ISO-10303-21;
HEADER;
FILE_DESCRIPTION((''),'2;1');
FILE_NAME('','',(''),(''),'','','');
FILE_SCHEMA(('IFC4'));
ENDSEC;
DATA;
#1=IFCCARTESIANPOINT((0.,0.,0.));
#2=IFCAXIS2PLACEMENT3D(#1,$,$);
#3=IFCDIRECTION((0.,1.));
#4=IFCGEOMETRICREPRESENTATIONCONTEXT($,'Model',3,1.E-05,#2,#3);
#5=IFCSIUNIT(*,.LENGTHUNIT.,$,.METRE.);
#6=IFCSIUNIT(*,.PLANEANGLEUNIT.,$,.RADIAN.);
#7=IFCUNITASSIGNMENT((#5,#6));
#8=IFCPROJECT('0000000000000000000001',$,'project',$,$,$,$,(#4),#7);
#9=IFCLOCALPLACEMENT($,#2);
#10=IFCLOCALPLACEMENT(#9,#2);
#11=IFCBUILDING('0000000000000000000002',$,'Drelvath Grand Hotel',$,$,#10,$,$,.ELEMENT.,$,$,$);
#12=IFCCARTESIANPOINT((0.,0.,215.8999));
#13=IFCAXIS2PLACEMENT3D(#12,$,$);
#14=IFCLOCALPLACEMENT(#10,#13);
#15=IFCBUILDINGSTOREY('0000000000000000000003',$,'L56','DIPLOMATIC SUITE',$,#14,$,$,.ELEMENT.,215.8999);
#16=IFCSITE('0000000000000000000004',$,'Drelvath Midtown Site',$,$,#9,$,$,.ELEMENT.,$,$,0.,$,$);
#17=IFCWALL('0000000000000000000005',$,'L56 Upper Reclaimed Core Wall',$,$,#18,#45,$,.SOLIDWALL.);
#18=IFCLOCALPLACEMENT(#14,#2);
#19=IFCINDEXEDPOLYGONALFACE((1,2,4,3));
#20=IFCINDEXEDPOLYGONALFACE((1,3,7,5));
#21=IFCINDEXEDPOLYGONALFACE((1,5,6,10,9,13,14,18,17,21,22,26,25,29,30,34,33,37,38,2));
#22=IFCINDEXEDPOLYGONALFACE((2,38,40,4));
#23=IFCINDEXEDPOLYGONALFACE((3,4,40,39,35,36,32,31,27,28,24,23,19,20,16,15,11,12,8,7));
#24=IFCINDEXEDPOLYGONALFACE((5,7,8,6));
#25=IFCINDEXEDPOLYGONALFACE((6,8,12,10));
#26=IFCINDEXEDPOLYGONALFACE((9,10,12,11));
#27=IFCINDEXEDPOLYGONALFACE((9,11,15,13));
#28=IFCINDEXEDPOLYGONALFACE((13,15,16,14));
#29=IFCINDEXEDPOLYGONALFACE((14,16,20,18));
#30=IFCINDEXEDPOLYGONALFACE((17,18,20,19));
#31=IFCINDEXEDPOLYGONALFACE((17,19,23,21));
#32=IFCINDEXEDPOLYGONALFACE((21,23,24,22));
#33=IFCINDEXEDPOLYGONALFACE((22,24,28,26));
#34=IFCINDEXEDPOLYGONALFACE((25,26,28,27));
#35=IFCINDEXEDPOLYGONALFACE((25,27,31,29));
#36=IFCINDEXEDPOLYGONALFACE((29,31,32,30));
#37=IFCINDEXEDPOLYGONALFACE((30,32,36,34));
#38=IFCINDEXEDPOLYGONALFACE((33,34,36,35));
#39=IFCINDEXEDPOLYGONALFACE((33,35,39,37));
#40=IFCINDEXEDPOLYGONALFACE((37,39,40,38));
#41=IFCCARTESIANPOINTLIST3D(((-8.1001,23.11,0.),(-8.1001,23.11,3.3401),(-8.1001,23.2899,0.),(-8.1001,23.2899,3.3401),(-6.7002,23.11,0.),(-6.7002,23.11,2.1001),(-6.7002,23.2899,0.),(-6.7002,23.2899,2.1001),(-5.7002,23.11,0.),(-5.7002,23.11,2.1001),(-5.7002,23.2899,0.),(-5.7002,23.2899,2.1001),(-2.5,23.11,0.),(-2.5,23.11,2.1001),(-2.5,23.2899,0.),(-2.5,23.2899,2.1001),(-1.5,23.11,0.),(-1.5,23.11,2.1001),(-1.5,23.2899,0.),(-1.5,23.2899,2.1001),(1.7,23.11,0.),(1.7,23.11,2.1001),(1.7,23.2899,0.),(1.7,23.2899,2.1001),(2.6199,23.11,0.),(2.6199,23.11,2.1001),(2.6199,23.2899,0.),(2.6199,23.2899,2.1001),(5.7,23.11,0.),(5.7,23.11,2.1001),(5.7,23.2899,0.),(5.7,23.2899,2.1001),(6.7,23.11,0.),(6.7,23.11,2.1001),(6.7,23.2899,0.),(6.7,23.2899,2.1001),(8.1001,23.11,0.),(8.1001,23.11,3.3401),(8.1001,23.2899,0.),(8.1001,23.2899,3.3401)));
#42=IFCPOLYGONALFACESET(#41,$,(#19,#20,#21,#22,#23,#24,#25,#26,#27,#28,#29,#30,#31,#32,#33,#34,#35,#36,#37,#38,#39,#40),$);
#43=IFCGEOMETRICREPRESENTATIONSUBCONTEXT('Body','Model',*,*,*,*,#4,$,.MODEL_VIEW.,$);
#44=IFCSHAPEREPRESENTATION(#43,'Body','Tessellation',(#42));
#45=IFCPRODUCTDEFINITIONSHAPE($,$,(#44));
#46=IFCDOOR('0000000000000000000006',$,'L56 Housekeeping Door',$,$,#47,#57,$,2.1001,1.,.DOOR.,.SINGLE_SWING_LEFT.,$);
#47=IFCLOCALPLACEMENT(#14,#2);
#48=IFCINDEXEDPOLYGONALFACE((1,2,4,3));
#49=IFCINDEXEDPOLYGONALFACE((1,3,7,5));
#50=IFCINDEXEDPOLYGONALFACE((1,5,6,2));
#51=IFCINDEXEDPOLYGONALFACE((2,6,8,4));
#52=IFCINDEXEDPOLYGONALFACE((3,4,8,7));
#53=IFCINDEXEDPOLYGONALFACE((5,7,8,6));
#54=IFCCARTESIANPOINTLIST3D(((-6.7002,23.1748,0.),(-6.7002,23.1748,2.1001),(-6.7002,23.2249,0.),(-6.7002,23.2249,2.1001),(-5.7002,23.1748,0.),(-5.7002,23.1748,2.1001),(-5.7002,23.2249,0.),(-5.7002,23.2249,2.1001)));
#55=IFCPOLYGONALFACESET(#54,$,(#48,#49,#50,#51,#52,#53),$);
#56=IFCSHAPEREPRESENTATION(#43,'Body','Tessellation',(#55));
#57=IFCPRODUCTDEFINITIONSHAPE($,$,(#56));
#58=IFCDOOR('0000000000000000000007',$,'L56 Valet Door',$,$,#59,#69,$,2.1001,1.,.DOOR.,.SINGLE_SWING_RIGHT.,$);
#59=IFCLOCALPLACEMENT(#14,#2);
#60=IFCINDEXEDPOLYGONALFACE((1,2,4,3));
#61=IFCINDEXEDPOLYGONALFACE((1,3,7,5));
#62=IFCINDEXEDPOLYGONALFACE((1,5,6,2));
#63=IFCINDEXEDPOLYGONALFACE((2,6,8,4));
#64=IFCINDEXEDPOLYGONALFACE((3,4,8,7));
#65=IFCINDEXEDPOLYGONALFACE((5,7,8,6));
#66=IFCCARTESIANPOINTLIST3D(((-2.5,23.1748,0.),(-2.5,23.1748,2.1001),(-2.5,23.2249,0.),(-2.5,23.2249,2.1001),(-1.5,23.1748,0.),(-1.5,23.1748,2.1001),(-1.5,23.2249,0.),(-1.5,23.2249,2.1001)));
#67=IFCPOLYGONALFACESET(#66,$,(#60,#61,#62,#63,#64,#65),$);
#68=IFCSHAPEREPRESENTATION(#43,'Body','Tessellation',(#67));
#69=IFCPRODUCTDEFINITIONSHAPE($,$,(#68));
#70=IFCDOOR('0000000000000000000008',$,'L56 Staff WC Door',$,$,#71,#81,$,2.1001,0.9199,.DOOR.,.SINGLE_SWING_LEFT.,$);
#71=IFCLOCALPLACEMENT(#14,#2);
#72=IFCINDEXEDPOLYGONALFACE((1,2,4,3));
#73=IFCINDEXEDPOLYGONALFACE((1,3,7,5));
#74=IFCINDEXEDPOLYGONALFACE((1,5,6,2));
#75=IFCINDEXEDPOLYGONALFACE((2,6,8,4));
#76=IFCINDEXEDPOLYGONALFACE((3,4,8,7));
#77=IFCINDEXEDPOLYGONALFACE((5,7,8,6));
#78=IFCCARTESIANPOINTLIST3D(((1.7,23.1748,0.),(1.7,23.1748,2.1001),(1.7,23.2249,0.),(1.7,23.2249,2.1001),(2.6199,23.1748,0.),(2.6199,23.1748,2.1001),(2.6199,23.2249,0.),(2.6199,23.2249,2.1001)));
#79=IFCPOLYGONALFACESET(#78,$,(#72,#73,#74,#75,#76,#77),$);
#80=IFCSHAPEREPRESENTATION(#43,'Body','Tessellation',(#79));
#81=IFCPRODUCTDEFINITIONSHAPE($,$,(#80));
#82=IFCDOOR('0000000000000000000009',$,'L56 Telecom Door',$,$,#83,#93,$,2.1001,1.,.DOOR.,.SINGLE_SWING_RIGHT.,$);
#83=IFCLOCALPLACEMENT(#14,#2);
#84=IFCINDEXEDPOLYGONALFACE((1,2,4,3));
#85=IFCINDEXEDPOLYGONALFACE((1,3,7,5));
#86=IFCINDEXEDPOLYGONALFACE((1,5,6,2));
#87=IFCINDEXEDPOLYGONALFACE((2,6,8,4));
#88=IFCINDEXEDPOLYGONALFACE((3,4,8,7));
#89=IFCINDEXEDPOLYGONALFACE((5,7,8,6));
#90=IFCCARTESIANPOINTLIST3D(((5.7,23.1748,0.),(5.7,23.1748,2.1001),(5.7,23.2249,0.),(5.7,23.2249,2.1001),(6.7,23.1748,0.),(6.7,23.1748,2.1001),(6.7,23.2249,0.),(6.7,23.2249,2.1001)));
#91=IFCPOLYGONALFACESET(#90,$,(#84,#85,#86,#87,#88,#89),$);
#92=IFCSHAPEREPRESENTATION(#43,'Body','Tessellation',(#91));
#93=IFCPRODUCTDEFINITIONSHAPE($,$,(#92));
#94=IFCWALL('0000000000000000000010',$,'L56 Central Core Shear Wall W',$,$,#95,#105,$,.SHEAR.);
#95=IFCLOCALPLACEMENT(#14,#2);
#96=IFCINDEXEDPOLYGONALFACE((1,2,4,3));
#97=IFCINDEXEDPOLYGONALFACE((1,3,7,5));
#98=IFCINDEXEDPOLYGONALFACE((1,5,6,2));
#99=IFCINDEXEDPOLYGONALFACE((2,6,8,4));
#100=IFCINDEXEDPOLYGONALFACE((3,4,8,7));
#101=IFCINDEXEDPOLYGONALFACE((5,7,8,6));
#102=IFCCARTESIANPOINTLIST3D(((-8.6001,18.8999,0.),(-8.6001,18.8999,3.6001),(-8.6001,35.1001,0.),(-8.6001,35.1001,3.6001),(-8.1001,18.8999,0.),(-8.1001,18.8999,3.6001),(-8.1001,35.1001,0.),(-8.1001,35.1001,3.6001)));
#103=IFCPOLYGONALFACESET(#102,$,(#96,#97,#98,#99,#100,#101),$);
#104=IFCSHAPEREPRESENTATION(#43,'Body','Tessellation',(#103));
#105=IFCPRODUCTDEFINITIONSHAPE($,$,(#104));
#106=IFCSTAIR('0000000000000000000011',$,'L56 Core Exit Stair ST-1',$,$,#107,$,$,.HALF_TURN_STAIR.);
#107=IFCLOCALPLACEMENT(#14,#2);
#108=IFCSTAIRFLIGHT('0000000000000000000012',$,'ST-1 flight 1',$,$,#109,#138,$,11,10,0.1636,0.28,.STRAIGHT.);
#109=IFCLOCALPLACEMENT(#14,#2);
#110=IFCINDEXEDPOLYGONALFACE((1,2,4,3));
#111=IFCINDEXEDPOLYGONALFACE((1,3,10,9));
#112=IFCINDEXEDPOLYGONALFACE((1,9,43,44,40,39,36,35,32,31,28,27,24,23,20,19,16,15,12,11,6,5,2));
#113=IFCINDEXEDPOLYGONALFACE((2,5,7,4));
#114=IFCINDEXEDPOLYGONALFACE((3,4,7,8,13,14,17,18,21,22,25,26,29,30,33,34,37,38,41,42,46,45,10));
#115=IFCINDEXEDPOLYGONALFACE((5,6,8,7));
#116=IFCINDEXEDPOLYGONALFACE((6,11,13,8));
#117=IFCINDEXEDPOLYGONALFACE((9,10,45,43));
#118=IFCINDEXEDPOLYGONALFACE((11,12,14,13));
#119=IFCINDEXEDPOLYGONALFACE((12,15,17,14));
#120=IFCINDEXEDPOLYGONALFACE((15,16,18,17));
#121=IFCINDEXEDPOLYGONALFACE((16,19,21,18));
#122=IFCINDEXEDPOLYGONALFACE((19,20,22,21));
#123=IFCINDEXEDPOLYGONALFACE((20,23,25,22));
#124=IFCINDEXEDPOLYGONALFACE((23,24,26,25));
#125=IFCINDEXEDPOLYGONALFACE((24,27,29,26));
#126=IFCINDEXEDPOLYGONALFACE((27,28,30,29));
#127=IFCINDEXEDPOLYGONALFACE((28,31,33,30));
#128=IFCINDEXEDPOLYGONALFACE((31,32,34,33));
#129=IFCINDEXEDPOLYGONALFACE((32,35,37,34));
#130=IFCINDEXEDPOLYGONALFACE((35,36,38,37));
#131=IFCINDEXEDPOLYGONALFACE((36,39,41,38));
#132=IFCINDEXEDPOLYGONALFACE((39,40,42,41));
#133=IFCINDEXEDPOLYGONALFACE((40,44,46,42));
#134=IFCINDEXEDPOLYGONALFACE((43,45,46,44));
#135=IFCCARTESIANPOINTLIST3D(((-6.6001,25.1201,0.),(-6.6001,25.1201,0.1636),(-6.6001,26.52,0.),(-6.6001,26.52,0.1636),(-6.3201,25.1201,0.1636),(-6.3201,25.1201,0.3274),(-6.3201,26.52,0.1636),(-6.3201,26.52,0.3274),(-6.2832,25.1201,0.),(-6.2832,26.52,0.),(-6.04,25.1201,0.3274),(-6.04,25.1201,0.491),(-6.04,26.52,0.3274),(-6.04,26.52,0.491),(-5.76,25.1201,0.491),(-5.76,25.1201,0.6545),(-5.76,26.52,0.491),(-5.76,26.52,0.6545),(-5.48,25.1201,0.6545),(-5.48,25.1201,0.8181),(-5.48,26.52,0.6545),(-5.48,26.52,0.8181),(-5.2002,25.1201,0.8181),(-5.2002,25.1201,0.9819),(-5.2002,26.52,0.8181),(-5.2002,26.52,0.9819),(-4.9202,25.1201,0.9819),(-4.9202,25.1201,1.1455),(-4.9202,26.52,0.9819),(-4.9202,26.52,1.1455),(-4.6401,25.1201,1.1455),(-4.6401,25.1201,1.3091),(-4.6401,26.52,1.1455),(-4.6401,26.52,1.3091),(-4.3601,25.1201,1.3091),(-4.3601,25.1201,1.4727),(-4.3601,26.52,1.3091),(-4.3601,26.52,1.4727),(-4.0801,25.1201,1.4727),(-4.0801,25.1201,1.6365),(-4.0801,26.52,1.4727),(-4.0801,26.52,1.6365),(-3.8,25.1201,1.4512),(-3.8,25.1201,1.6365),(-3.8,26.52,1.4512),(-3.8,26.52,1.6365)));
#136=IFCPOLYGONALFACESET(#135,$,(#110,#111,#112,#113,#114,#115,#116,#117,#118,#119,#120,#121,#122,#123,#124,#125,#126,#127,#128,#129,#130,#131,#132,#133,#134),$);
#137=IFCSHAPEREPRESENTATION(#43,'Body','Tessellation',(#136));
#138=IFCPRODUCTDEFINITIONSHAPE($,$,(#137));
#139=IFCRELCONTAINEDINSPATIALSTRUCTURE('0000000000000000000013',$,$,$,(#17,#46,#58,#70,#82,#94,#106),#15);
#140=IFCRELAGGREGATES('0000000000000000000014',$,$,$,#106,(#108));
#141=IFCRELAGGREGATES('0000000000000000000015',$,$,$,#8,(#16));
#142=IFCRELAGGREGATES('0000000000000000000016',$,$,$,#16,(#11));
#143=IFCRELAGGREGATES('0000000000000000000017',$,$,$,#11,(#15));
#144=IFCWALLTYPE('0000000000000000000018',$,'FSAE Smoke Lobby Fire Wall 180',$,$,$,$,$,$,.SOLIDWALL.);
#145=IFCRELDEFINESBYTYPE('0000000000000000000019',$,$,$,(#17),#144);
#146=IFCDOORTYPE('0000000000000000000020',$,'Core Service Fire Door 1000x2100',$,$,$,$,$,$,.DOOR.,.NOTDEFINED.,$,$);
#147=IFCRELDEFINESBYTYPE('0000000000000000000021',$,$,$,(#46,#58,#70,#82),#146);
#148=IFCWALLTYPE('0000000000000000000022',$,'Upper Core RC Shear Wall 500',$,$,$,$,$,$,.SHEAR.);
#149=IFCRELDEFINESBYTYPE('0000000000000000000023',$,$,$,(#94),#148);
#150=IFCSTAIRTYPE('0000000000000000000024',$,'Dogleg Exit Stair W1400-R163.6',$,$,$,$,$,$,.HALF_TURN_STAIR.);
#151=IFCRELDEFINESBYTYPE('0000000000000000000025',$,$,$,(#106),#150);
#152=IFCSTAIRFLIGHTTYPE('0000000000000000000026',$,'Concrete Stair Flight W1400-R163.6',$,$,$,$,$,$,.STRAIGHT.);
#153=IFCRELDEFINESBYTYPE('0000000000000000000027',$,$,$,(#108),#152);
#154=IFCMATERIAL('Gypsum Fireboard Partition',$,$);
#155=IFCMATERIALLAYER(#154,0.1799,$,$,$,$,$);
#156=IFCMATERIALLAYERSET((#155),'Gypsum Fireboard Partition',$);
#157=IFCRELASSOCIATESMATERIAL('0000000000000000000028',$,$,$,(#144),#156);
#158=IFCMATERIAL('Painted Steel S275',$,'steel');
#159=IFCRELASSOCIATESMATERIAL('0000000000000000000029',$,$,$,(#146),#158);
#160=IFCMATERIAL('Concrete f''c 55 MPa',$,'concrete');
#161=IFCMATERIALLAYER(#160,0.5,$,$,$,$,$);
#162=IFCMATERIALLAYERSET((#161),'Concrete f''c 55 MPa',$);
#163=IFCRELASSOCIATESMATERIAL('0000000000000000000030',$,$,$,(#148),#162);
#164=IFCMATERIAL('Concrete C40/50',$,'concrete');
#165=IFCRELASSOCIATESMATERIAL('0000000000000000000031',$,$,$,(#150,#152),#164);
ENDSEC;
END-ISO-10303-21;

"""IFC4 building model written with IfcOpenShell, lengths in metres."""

from ifc_helpers import new_model, si_unit, direction, frame, frame_2d, origin, place, context, subcontext, project, spatial, polyline, rectangle, outline, extrude, material, layer, layer_set, type_object, element, fill, aggregate, save


model = new_model("IFC4")

# Units and contexts
model_context = context("Model", 3, precision=1e-05, world=origin(), true_north=direction((0.0, 1.0)))
body_context = subcontext(model_context, "Body", "Model", "MODEL_VIEW")
ifc_project = project(units=[si_unit("LENGTHUNIT", "METRE"), si_unit("PLANEANGLEUNIT", "RADIAN")], contexts=[model_context])

# Site, building, storey
site_placement = place(None, origin())
site = spatial("IfcSite", under=ifc_project, at=site_placement, Name="Drelvath Midtown Site", CompositionType="ELEMENT", RefElevation=0.0)
building_placement = place(site_placement, origin())
building = spatial("IfcBuilding", under=site, at=building_placement, Name="Drelvath Grand Hotel", CompositionType="ELEMENT")
storey_placement = place(building_placement, frame((0.0, 0.0, 215.8999)))
storey = spatial("IfcBuildingStorey", under=building, at=storey_placement, Name="L56", Description="DIPLOMATIC SUITE", CompositionType="ELEMENT", Elevation=215.8999)

# Shared definitions
ifc_material_1 = material(Name="Concrete f'c 55 MPa", Category="concrete")

# Shared definitions
ifc_material_2 = material(Name="Concrete C40/50", Category="concrete")
ifc_material_3 = material(Name="Painted Steel S275", Category="steel")

# Wall, openings, doors
ifc_material_4 = material(Name="Gypsum Fireboard Partition")
ifc_layer_1 = layer(ifc_material_4, 0.1799)
ifc_layer_set_1 = layer_set([ifc_layer_1], Name="Gypsum Fireboard Partition")
wall_type_1 = type_object("IfcWallType", Name="FSAE Smoke Lobby Fire Wall 180", PredefinedType="SOLIDWALL", material=ifc_layer_set_1)
wall_1_placement = place(storey_placement, frame((-8.1001, 23.2, 0.0), z_axis=(0.0, 0.0, 1.0), x_axis=(1.0, 0.0, 0.0)))
wall_1 = element("IfcWall", 1, at=wall_1_placement, inside=storey, type_object=wall_type_1, Name="L56 Upper Reclaimed Core Wall", PredefinedType="SOLIDWALL", context=body_context, shape_type="SweptSolid", body=[
    extrude(rectangle(XDim=16.2002, YDim=0.1799, at=frame_2d((8.1001, 0.0))), origin(), (0.0, 0.0, 1.0), 3.3401),
])
opening_1_placement = place(wall_1_placement, frame((1.3999, 0.0, 0.0)))
opening_1 = element("IfcOpeningElement", 2, at=opening_1_placement, cuts=wall_1, PredefinedType="OPENING", context=body_context, shape_type="SweptSolid", body=[
    extrude(rectangle(XDim=1.0, YDim=2.1001, at=frame_2d((0.5, 1.05))), frame((0.0, 0.0999, 0.0), z_axis=(0.0, -1.0, 0.0), x_axis=(1.0, 0.0, 0.0)), (0.0, 0.0, 1.0), 0.2),
])
opening_2_placement = place(wall_1_placement, frame((5.6001, 0.0, 0.0)))
opening_2 = element("IfcOpeningElement", 3, at=opening_2_placement, cuts=wall_1, PredefinedType="OPENING", context=body_context, shape_type="SweptSolid", body=[
    extrude(rectangle(XDim=1.0, YDim=2.1001, at=frame_2d((0.5, 1.05))), frame((0.0, 0.0999, 0.0), z_axis=(0.0, -1.0, 0.0), x_axis=(1.0, 0.0, 0.0)), (0.0, 0.0, 1.0), 0.2),
])
opening_3_placement = place(wall_1_placement, frame((9.8, 0.0, 0.0)))
opening_3 = element("IfcOpeningElement", 4, at=opening_3_placement, cuts=wall_1, PredefinedType="OPENING", context=body_context, shape_type="SweptSolid", body=[
    extrude(rectangle(XDim=0.9199, YDim=2.1001, at=frame_2d((0.46, 1.05))), frame((0.0, 0.0999, 0.0), z_axis=(0.0, -1.0, 0.0), x_axis=(1.0, 0.0, 0.0)), (0.0, 0.0, 1.0), 0.2),
])
opening_4_placement = place(wall_1_placement, frame((13.8, 0.0, 0.0)))
opening_4 = element("IfcOpeningElement", 5, at=opening_4_placement, cuts=wall_1, PredefinedType="OPENING", context=body_context, shape_type="SweptSolid", body=[
    extrude(rectangle(XDim=1.0, YDim=2.1001, at=frame_2d((0.5, 1.05))), frame((0.0, 0.0999, 0.0), z_axis=(0.0, -1.0, 0.0), x_axis=(1.0, 0.0, 0.0)), (0.0, 0.0, 1.0), 0.2),
])
door_type_1 = type_object("IfcDoorType", Name="Core Service Fire Door 1000x2100", OperationType="NOTDEFINED", PredefinedType="DOOR", material=ifc_material_3)
door_1_placement = place(opening_1_placement, origin())
door_1 = element("IfcDoor", 6, at=door_1_placement, inside=storey, type_object=door_type_1, Name="L56 Housekeeping Door", OperationType="SINGLE_SWING_LEFT", OverallHeight=2.1001, OverallWidth=1.0, PredefinedType="DOOR", context=body_context, shape_type="SweptSolid", body=[
    extrude(rectangle(XDim=1.0, YDim=2.1001, at=frame_2d((0.5, 1.05))), frame((0.0, 0.0249, 0.0), z_axis=(0.0, -1.0, 0.0), x_axis=(1.0, 0.0, 0.0)), (0.0, 0.0, 1.0), 0.05),
])
fill(opening_1, door_1)
door_2_placement = place(opening_2_placement, origin())
door_2 = element("IfcDoor", 7, at=door_2_placement, inside=storey, type_object=door_type_1, Name="L56 Valet Door", OperationType="SINGLE_SWING_RIGHT", OverallHeight=2.1001, OverallWidth=1.0, PredefinedType="DOOR", context=body_context, shape_type="SweptSolid", body=[
    extrude(rectangle(XDim=1.0, YDim=2.1001, at=frame_2d((0.5, 1.05))), frame((0.0, 0.0249, 0.0), z_axis=(0.0, -1.0, 0.0), x_axis=(1.0, 0.0, 0.0)), (0.0, 0.0, 1.0), 0.05),
])
fill(opening_2, door_2)
door_3_placement = place(opening_3_placement, origin())
door_3 = element("IfcDoor", 8, at=door_3_placement, inside=storey, type_object=door_type_1, Name="L56 Staff WC Door", OperationType="SINGLE_SWING_LEFT", OverallHeight=2.1001, OverallWidth=0.9199, PredefinedType="DOOR", context=body_context, shape_type="SweptSolid", body=[
    extrude(rectangle(XDim=0.9199, YDim=2.1001, at=frame_2d((0.46, 1.05))), frame((0.0, 0.0249, 0.0), z_axis=(0.0, -1.0, 0.0), x_axis=(1.0, 0.0, 0.0)), (0.0, 0.0, 1.0), 0.05),
])
fill(opening_3, door_3)
door_4_placement = place(opening_4_placement, origin())
door_4 = element("IfcDoor", 9, at=door_4_placement, inside=storey, type_object=door_type_1, Name="L56 Telecom Door", OperationType="SINGLE_SWING_RIGHT", OverallHeight=2.1001, OverallWidth=1.0, PredefinedType="DOOR", context=body_context, shape_type="SweptSolid", body=[
    extrude(rectangle(XDim=1.0, YDim=2.1001, at=frame_2d((0.5, 1.05))), frame((0.0, 0.0249, 0.0), z_axis=(0.0, -1.0, 0.0), x_axis=(1.0, 0.0, 0.0)), (0.0, 0.0, 1.0), 0.05),
])
fill(opening_4, door_4)

# Wall
ifc_layer_2 = layer(ifc_material_1, 0.5)
ifc_layer_set_2 = layer_set([ifc_layer_2], Name="Concrete f'c 55 MPa")
wall_type_2 = type_object("IfcWallType", Name="Upper Core RC Shear Wall 500", PredefinedType="SHEAR", material=ifc_layer_set_2)
wall_2_placement = place(storey_placement, frame((-8.3501, 18.8999, 0.0), z_axis=(0.0, 0.0, 1.0), x_axis=(0.0, 1.0, 0.0)))
element("IfcWall", 10, at=wall_2_placement, inside=storey, type_object=wall_type_2, Name="L56 Central Core Shear Wall W", PredefinedType="SHEAR", context=body_context, shape_type="SweptSolid", body=[
    extrude(rectangle(XDim=16.2002, YDim=0.5, at=frame_2d((8.1001, 0.0))), origin(), (0.0, 0.0, 1.0), 3.6001),
])

# Stair, stair flight
stair_type = type_object("IfcStairType", Name="Dogleg Exit Stair W1400-R163.6", PredefinedType="HALF_TURN_STAIR", material=ifc_material_2)
stair_placement = place(storey_placement, origin())
stair = element("IfcStair", 11, at=stair_placement, inside=storey, type_object=stair_type, Name="L56 Core Exit Stair ST-1", PredefinedType="HALF_TURN_STAIR")
stair_flight_type = type_object("IfcStairFlightType", Name="Concrete Stair Flight W1400-R163.6", PredefinedType="STRAIGHT", material=ifc_material_2)
stair_flight_placement = place(storey_placement, frame((-6.6001, 25.8201, 0.0), z_axis=(0.0, 0.0, 1.0), x_axis=(1.0, 0.0, 0.0)))
stair_flight = element("IfcStairFlight", 12, at=stair_flight_placement, type_object=stair_flight_type, Name="ST-1 flight 1", NumberOfRisers=11, NumberOfTreads=10, PredefinedType="STRAIGHT", RiserHeight=0.1636, TreadLength=0.28, context=body_context, shape_type="SweptSolid", body=[
    extrude(outline(polyline([(0.0, 0.0), (0.0, 0.1636), (0.28, 0.1636), (0.28, 0.3274), (0.5601, 0.3274), (0.5601, 0.491), (0.8401, 0.491), (0.8401, 0.6545), (1.1201, 0.6545), (1.1201, 0.8181), (1.3999, 0.8181), (1.3999, 0.9819), (1.6799, 0.9819), (1.6799, 1.1455), (1.96, 1.1455), (1.96, 1.3091), (2.24, 1.3091), (2.24, 1.4727), (2.52, 1.4727), (2.52, 1.6365), (2.8, 1.6365), (2.8, 1.8), (2.8, 1.4512), (0.3169, 0.0), (0.0, 0.0)])), frame((0.0, 0.7, 0.0), z_axis=(0.0, -1.0, 0.0), x_axis=(1.0, 0.0, 0.0)), (0.0, 0.0, 1.0), 1.3999),
])
aggregate(stair, [stair_flight])

save(model, "model.ifc")
